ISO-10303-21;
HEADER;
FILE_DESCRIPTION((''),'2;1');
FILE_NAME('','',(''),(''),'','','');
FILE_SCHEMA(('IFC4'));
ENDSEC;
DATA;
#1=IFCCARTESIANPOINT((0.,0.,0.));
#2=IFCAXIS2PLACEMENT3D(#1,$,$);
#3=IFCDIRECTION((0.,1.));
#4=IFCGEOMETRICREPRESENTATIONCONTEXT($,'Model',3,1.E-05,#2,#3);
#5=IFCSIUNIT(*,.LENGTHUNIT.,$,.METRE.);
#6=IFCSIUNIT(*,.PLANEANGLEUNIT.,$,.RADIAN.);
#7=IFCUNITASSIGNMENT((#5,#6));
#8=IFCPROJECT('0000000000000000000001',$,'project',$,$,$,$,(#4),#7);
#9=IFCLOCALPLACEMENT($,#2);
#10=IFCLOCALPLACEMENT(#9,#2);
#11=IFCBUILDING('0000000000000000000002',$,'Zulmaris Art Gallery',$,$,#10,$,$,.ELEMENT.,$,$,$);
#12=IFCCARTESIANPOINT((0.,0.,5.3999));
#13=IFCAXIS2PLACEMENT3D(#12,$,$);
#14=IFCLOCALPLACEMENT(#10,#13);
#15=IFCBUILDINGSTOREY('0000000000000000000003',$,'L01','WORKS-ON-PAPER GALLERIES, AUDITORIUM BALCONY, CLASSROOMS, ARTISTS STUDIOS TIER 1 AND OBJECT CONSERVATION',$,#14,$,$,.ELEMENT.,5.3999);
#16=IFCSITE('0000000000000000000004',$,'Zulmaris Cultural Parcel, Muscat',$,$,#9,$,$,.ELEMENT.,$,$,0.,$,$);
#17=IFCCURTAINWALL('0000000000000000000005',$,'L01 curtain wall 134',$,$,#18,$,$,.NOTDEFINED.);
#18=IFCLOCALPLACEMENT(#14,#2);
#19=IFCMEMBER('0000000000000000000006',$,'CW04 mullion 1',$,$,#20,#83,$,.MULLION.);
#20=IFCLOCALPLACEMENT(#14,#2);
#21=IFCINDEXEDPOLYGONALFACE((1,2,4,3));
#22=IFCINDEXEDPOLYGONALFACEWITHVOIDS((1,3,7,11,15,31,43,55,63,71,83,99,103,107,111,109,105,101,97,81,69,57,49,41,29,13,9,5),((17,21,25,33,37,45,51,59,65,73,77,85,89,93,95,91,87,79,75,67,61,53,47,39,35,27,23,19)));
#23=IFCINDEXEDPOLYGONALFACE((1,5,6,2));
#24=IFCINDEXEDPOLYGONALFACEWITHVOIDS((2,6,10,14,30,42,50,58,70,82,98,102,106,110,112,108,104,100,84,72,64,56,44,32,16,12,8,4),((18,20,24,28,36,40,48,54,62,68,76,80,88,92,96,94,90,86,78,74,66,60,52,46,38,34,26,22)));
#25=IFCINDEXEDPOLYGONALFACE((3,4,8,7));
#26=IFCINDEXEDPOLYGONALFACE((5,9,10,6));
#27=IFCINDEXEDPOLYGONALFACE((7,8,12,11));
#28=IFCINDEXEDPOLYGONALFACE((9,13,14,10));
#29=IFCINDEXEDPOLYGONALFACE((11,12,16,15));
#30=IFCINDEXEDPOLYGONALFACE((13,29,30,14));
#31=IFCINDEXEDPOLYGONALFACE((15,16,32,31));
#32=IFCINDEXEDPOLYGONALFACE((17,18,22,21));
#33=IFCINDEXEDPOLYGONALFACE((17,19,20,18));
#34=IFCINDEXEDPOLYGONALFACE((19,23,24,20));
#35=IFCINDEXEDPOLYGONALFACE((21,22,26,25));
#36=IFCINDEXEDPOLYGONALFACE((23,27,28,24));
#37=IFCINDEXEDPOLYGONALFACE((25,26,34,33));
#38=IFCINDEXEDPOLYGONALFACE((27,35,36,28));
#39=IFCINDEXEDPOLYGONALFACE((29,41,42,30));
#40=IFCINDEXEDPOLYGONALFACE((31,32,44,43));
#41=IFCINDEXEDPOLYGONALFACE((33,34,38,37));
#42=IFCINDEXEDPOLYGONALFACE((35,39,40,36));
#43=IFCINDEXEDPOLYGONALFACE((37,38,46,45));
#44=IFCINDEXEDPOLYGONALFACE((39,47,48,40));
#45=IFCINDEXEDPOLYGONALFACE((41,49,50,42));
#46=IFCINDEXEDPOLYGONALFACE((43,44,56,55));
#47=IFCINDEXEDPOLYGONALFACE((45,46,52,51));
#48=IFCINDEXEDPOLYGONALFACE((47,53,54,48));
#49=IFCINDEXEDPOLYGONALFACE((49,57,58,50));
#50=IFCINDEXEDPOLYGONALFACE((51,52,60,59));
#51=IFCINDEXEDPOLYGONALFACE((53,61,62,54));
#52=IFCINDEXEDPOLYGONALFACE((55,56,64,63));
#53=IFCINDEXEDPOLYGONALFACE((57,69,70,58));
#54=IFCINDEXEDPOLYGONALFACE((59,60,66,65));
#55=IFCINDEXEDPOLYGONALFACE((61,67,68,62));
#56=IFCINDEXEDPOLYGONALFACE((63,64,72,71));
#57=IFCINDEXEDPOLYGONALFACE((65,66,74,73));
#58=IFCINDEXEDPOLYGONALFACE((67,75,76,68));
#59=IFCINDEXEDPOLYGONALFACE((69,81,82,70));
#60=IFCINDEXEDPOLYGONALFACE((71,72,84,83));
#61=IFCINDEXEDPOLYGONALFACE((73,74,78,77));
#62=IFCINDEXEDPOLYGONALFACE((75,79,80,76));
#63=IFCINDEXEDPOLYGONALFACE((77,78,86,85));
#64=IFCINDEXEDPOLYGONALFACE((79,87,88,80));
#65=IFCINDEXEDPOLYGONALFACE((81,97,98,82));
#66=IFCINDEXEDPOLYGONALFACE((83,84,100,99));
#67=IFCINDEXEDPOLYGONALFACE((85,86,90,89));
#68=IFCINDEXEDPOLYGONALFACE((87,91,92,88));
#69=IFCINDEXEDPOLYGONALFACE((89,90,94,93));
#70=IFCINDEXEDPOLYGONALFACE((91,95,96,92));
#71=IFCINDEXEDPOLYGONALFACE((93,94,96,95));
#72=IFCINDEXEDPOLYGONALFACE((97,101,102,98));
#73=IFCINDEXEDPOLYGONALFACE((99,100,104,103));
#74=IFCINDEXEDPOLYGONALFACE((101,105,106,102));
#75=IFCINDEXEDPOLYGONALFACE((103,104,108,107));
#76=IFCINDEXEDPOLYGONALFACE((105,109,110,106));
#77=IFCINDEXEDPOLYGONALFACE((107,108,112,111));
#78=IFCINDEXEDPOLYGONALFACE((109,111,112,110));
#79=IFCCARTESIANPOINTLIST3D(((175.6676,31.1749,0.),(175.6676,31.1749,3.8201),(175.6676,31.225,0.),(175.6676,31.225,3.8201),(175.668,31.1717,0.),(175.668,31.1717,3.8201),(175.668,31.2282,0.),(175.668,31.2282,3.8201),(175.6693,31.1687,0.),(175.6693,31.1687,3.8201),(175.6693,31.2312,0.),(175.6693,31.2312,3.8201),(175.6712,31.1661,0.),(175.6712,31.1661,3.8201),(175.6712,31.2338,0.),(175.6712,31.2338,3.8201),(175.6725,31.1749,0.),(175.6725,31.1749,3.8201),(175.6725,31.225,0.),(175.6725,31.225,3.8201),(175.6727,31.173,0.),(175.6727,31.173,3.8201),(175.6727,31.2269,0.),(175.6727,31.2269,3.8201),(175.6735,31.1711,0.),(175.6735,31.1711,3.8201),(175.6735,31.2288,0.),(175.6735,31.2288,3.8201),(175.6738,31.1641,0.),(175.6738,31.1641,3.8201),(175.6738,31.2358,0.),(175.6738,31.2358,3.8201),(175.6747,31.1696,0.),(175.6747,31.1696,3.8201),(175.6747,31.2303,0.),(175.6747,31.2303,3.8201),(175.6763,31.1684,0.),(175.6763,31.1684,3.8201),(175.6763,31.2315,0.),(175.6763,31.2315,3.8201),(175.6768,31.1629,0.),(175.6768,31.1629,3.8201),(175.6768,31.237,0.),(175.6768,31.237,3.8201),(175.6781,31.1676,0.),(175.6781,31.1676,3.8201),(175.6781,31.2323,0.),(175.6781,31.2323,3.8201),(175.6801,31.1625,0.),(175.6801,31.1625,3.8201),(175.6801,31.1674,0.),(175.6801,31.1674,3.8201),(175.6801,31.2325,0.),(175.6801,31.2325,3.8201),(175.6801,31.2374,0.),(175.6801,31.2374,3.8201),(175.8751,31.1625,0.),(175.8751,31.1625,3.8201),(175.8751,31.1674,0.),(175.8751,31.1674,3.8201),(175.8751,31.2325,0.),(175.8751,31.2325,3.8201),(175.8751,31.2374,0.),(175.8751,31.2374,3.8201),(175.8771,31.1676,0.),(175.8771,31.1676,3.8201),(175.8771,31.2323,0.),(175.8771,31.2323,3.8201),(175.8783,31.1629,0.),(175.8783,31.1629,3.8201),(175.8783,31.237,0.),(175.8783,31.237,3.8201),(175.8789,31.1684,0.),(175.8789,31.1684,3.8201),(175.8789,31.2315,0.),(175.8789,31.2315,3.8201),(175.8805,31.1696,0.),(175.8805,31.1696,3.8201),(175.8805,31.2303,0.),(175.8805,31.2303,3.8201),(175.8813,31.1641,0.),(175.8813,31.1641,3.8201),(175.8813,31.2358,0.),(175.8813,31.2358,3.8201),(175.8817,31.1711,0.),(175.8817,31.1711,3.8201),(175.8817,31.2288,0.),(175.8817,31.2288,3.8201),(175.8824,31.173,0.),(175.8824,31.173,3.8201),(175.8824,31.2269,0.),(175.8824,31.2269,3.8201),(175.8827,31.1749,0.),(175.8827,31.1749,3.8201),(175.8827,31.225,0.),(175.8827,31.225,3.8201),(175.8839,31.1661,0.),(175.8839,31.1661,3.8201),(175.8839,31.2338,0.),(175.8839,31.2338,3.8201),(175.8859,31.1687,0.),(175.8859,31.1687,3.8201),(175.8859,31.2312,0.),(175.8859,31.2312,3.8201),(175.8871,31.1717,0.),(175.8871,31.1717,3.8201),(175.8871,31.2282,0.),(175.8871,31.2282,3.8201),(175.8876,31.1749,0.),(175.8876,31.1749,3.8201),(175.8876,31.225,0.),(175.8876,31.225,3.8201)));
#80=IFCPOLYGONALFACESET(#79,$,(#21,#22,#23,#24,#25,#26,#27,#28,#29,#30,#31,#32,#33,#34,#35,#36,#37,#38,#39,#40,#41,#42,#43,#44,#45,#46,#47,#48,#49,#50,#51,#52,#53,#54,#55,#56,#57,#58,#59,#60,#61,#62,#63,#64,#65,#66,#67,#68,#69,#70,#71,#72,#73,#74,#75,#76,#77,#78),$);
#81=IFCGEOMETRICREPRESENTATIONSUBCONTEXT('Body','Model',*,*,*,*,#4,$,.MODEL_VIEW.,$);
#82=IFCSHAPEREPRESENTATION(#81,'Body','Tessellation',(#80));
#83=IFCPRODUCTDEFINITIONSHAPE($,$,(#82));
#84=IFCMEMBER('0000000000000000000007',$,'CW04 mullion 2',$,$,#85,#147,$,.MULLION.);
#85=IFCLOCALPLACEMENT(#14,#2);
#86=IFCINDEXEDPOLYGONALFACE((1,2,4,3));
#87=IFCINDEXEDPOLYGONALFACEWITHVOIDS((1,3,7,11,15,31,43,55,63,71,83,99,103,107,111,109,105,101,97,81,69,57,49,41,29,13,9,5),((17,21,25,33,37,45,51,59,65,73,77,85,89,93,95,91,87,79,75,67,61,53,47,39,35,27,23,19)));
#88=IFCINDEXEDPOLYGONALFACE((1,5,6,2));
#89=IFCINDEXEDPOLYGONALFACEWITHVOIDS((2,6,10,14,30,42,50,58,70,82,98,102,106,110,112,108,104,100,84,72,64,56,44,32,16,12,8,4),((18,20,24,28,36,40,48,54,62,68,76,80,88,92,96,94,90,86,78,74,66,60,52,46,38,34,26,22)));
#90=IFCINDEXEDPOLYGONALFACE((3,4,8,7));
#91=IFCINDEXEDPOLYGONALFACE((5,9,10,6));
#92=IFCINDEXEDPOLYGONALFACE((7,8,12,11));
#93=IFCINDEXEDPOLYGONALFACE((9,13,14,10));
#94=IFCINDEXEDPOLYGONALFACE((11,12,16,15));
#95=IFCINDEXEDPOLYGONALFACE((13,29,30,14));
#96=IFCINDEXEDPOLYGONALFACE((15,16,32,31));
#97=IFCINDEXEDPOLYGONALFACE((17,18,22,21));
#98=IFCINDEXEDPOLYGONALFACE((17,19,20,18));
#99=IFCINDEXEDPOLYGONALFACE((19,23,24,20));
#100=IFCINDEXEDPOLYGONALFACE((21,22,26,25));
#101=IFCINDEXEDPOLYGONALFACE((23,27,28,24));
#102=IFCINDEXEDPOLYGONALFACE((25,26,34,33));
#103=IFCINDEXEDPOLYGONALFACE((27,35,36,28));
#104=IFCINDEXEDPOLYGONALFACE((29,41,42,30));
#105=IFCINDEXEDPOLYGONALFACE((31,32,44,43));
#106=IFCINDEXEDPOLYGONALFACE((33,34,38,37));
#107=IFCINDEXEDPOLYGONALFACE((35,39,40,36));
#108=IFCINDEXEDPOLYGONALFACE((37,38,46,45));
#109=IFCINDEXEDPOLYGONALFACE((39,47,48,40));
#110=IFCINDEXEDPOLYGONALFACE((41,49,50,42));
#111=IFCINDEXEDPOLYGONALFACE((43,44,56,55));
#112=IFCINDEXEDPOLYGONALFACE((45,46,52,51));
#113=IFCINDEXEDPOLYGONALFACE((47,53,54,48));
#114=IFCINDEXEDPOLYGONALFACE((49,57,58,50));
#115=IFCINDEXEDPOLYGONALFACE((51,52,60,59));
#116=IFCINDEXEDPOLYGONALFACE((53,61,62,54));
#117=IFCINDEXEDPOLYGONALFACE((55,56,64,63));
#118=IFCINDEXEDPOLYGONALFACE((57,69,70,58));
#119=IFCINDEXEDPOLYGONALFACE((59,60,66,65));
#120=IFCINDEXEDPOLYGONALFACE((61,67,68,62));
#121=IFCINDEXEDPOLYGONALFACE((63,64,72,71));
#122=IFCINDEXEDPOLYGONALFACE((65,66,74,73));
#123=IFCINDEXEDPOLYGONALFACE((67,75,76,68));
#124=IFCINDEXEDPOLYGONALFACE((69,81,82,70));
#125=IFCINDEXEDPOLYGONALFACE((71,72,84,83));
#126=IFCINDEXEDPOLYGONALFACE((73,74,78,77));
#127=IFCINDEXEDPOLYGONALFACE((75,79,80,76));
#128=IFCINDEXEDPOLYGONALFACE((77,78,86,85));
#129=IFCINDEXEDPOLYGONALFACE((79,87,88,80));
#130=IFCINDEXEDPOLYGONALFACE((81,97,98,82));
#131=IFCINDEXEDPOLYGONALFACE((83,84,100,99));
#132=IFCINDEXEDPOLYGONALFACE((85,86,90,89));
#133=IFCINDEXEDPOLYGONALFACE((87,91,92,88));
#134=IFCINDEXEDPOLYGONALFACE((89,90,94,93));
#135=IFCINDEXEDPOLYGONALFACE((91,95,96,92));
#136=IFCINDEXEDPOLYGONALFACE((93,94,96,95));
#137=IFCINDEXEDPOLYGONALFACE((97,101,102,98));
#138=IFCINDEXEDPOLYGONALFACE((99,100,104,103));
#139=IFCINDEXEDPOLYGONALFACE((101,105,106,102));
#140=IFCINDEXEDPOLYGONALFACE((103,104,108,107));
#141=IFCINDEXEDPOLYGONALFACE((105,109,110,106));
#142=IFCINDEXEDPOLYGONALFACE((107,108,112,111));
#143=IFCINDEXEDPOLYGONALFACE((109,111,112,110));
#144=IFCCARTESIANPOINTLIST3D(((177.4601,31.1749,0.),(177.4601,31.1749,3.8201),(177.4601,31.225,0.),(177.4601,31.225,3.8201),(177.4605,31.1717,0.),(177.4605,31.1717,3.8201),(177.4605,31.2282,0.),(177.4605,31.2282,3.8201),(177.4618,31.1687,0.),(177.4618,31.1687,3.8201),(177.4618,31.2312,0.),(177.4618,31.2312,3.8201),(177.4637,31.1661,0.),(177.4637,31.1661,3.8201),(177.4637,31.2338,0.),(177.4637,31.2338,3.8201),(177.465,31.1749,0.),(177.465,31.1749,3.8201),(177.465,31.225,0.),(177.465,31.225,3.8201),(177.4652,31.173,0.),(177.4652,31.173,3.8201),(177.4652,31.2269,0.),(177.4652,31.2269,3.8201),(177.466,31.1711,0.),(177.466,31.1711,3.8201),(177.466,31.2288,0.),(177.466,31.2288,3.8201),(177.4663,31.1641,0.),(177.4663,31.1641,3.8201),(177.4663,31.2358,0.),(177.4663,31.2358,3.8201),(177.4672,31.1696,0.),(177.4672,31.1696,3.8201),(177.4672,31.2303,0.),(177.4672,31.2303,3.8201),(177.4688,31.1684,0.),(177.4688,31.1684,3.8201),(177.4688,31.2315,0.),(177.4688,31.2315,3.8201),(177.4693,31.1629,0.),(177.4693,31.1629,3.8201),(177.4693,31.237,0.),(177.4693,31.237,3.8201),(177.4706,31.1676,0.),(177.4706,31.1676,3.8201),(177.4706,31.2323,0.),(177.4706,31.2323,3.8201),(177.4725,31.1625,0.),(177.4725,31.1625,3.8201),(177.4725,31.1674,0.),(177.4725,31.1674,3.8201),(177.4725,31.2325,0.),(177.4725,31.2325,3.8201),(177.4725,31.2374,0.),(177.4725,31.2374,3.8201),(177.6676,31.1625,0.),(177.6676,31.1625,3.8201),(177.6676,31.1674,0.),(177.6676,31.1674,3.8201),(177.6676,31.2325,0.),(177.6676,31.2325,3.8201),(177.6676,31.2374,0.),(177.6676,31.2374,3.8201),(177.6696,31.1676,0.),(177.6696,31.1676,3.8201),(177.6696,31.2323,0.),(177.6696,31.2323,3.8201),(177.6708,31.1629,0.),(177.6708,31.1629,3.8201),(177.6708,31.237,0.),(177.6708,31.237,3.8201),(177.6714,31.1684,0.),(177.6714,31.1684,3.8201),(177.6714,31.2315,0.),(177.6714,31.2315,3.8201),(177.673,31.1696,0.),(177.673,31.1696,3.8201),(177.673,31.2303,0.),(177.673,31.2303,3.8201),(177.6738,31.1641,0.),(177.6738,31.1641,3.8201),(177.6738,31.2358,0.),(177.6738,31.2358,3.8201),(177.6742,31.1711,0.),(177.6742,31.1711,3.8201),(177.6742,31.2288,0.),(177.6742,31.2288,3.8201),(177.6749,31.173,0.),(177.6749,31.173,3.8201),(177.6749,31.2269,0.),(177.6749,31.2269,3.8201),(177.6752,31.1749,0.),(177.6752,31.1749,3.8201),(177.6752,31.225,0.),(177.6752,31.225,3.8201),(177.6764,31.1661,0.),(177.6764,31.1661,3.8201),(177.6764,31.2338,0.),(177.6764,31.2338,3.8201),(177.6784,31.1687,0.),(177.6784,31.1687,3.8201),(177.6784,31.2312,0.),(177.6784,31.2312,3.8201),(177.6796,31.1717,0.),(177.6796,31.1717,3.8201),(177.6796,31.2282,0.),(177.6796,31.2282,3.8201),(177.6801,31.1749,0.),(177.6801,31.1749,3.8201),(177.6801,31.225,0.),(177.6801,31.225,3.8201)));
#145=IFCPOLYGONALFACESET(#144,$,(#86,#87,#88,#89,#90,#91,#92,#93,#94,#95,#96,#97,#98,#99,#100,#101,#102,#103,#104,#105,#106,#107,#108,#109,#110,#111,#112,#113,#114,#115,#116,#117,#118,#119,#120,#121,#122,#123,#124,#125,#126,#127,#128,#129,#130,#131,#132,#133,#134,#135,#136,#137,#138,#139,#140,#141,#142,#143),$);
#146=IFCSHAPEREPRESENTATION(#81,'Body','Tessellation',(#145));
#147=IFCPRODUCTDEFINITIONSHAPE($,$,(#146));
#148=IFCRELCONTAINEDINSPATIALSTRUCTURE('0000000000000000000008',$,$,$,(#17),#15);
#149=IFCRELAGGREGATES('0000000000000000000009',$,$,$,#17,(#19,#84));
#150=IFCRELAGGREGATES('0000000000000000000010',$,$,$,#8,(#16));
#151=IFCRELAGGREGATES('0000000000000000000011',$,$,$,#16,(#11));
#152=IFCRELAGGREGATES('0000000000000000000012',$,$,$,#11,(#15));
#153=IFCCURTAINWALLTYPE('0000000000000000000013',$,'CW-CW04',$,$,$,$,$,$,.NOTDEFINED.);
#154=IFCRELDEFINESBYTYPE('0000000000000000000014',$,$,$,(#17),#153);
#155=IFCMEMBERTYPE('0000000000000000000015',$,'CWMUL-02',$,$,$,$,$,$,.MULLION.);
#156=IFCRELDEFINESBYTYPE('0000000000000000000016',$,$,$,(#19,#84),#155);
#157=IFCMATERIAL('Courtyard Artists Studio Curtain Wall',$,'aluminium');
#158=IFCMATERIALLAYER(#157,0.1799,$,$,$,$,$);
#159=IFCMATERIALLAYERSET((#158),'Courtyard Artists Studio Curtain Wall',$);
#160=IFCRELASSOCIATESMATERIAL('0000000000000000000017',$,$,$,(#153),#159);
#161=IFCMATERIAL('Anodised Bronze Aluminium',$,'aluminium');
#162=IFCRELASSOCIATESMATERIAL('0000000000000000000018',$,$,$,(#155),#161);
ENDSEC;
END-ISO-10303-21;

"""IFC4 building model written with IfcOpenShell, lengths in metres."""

from ifc_helpers import new_model, si_unit, direction, frame, origin, origin_2d, place, context, subcontext, project, spatial, hollow_rectangle, extrude, material, layer, layer_set, material_profile, profile_set, type_object, element, aggregate, save


model = new_model("IFC4")

# Units and contexts
model_context = context("Model", 3, precision=1e-05, world=origin(), true_north=direction((0.0, 1.0)))
body_context = subcontext(model_context, "Body", "Model", "MODEL_VIEW")
ifc_project = project(units=[si_unit("LENGTHUNIT", "METRE"), si_unit("PLANEANGLEUNIT", "RADIAN")], contexts=[model_context])

# Site, building, storey
site_placement = place(None, origin())
site = spatial("IfcSite", under=ifc_project, at=site_placement, Name="Zulmaris Cultural Parcel, Muscat", CompositionType="ELEMENT", RefElevation=0.0)
building_placement = place(site_placement, origin())
building = spatial("IfcBuilding", under=site, at=building_placement, Name="Zulmaris Art Gallery", CompositionType="ELEMENT")
storey_placement = place(building_placement, frame((0.0, 0.0, 5.3999)))
storey = spatial("IfcBuildingStorey", under=building, at=storey_placement, Name="L01", Description="WORKS-ON-PAPER GALLERIES, AUDITORIUM BALCONY, CLASSROOMS, ARTISTS STUDIOS TIER 1 AND OBJECT CONSERVATION", CompositionType="ELEMENT", Elevation=5.3999)

# Shared definitions
ifc_material_1 = material(Name="Courtyard Artists Studio Curtain Wall", Category="aluminium")
ifc_layer_1 = layer(ifc_material_1, 0.1799)
ifc_layer_set_1 = layer_set([ifc_layer_1], Name="Courtyard Artists Studio Curtain Wall")
curtain_wall_type = type_object("IfcCurtainWallType", Name="CW-CW04", PredefinedType="NOTDEFINED", material=ifc_layer_set_1)
ifc_material_2 = material(Name="Anodised Bronze Aluminium", Category="aluminium")
ifc_material_profile_1 = material_profile(ifc_material_2, hollow_rectangle(XDim=0.075, YDim=0.22, WallThickness=0.0049, InnerFilletRadius=0.0076, OuterFilletRadius=0.0125, at=origin_2d()), Name="ALU 75x220x5")
ifc_profile_set_1 = profile_set([ifc_material_profile_1], Name="Anodised Bronze Aluminium")
member_type_1 = type_object("IfcMemberType", Name="CWMUL-02", PredefinedType="MULLION", material=ifc_profile_set_1)

# Curtain wall, members
curtain_wall_1_placement = place(storey_placement, origin())
curtain_wall_1 = element("IfcCurtainWall", 1, at=curtain_wall_1_placement, inside=storey, type_object=curtain_wall_type, Name="L01 curtain wall 134", PredefinedType="NOTDEFINED")
member_1_placement = place(storey_placement, frame((175.7776, 31.2, 0.0), z_axis=(0.0, 0.0, 1.0), x_axis=(0.0, 1.0, 0.0)))
member_1 = element("IfcMember", 2, at=member_1_placement, type_object=member_type_1, Name="CW04 mullion 1", PredefinedType="MULLION", context=body_context, shape_type="SweptSolid", body=[
    extrude(hollow_rectangle(XDim=0.075, YDim=0.22, WallThickness=0.0049, InnerFilletRadius=0.0076, OuterFilletRadius=0.0125, at=origin_2d()), origin(), (0.0, 0.0, 1.0), 3.8201),
])
member_2_placement = place(storey_placement, frame((177.5701, 31.2, 0.0), z_axis=(0.0, 0.0, 1.0), x_axis=(0.0, 1.0, 0.0)))
member_2 = element("IfcMember", 3, at=member_2_placement, type_object=member_type_1, Name="CW04 mullion 2", PredefinedType="MULLION", context=body_context, shape_type="SweptSolid", body=[
    extrude(hollow_rectangle(XDim=0.075, YDim=0.22, WallThickness=0.0049, InnerFilletRadius=0.0076, OuterFilletRadius=0.0125, at=origin_2d()), origin(), (0.0, 0.0, 1.0), 3.8201),
])

aggregate(curtain_wall_1, [member_1, member_2])

save(model, "model.ifc")
